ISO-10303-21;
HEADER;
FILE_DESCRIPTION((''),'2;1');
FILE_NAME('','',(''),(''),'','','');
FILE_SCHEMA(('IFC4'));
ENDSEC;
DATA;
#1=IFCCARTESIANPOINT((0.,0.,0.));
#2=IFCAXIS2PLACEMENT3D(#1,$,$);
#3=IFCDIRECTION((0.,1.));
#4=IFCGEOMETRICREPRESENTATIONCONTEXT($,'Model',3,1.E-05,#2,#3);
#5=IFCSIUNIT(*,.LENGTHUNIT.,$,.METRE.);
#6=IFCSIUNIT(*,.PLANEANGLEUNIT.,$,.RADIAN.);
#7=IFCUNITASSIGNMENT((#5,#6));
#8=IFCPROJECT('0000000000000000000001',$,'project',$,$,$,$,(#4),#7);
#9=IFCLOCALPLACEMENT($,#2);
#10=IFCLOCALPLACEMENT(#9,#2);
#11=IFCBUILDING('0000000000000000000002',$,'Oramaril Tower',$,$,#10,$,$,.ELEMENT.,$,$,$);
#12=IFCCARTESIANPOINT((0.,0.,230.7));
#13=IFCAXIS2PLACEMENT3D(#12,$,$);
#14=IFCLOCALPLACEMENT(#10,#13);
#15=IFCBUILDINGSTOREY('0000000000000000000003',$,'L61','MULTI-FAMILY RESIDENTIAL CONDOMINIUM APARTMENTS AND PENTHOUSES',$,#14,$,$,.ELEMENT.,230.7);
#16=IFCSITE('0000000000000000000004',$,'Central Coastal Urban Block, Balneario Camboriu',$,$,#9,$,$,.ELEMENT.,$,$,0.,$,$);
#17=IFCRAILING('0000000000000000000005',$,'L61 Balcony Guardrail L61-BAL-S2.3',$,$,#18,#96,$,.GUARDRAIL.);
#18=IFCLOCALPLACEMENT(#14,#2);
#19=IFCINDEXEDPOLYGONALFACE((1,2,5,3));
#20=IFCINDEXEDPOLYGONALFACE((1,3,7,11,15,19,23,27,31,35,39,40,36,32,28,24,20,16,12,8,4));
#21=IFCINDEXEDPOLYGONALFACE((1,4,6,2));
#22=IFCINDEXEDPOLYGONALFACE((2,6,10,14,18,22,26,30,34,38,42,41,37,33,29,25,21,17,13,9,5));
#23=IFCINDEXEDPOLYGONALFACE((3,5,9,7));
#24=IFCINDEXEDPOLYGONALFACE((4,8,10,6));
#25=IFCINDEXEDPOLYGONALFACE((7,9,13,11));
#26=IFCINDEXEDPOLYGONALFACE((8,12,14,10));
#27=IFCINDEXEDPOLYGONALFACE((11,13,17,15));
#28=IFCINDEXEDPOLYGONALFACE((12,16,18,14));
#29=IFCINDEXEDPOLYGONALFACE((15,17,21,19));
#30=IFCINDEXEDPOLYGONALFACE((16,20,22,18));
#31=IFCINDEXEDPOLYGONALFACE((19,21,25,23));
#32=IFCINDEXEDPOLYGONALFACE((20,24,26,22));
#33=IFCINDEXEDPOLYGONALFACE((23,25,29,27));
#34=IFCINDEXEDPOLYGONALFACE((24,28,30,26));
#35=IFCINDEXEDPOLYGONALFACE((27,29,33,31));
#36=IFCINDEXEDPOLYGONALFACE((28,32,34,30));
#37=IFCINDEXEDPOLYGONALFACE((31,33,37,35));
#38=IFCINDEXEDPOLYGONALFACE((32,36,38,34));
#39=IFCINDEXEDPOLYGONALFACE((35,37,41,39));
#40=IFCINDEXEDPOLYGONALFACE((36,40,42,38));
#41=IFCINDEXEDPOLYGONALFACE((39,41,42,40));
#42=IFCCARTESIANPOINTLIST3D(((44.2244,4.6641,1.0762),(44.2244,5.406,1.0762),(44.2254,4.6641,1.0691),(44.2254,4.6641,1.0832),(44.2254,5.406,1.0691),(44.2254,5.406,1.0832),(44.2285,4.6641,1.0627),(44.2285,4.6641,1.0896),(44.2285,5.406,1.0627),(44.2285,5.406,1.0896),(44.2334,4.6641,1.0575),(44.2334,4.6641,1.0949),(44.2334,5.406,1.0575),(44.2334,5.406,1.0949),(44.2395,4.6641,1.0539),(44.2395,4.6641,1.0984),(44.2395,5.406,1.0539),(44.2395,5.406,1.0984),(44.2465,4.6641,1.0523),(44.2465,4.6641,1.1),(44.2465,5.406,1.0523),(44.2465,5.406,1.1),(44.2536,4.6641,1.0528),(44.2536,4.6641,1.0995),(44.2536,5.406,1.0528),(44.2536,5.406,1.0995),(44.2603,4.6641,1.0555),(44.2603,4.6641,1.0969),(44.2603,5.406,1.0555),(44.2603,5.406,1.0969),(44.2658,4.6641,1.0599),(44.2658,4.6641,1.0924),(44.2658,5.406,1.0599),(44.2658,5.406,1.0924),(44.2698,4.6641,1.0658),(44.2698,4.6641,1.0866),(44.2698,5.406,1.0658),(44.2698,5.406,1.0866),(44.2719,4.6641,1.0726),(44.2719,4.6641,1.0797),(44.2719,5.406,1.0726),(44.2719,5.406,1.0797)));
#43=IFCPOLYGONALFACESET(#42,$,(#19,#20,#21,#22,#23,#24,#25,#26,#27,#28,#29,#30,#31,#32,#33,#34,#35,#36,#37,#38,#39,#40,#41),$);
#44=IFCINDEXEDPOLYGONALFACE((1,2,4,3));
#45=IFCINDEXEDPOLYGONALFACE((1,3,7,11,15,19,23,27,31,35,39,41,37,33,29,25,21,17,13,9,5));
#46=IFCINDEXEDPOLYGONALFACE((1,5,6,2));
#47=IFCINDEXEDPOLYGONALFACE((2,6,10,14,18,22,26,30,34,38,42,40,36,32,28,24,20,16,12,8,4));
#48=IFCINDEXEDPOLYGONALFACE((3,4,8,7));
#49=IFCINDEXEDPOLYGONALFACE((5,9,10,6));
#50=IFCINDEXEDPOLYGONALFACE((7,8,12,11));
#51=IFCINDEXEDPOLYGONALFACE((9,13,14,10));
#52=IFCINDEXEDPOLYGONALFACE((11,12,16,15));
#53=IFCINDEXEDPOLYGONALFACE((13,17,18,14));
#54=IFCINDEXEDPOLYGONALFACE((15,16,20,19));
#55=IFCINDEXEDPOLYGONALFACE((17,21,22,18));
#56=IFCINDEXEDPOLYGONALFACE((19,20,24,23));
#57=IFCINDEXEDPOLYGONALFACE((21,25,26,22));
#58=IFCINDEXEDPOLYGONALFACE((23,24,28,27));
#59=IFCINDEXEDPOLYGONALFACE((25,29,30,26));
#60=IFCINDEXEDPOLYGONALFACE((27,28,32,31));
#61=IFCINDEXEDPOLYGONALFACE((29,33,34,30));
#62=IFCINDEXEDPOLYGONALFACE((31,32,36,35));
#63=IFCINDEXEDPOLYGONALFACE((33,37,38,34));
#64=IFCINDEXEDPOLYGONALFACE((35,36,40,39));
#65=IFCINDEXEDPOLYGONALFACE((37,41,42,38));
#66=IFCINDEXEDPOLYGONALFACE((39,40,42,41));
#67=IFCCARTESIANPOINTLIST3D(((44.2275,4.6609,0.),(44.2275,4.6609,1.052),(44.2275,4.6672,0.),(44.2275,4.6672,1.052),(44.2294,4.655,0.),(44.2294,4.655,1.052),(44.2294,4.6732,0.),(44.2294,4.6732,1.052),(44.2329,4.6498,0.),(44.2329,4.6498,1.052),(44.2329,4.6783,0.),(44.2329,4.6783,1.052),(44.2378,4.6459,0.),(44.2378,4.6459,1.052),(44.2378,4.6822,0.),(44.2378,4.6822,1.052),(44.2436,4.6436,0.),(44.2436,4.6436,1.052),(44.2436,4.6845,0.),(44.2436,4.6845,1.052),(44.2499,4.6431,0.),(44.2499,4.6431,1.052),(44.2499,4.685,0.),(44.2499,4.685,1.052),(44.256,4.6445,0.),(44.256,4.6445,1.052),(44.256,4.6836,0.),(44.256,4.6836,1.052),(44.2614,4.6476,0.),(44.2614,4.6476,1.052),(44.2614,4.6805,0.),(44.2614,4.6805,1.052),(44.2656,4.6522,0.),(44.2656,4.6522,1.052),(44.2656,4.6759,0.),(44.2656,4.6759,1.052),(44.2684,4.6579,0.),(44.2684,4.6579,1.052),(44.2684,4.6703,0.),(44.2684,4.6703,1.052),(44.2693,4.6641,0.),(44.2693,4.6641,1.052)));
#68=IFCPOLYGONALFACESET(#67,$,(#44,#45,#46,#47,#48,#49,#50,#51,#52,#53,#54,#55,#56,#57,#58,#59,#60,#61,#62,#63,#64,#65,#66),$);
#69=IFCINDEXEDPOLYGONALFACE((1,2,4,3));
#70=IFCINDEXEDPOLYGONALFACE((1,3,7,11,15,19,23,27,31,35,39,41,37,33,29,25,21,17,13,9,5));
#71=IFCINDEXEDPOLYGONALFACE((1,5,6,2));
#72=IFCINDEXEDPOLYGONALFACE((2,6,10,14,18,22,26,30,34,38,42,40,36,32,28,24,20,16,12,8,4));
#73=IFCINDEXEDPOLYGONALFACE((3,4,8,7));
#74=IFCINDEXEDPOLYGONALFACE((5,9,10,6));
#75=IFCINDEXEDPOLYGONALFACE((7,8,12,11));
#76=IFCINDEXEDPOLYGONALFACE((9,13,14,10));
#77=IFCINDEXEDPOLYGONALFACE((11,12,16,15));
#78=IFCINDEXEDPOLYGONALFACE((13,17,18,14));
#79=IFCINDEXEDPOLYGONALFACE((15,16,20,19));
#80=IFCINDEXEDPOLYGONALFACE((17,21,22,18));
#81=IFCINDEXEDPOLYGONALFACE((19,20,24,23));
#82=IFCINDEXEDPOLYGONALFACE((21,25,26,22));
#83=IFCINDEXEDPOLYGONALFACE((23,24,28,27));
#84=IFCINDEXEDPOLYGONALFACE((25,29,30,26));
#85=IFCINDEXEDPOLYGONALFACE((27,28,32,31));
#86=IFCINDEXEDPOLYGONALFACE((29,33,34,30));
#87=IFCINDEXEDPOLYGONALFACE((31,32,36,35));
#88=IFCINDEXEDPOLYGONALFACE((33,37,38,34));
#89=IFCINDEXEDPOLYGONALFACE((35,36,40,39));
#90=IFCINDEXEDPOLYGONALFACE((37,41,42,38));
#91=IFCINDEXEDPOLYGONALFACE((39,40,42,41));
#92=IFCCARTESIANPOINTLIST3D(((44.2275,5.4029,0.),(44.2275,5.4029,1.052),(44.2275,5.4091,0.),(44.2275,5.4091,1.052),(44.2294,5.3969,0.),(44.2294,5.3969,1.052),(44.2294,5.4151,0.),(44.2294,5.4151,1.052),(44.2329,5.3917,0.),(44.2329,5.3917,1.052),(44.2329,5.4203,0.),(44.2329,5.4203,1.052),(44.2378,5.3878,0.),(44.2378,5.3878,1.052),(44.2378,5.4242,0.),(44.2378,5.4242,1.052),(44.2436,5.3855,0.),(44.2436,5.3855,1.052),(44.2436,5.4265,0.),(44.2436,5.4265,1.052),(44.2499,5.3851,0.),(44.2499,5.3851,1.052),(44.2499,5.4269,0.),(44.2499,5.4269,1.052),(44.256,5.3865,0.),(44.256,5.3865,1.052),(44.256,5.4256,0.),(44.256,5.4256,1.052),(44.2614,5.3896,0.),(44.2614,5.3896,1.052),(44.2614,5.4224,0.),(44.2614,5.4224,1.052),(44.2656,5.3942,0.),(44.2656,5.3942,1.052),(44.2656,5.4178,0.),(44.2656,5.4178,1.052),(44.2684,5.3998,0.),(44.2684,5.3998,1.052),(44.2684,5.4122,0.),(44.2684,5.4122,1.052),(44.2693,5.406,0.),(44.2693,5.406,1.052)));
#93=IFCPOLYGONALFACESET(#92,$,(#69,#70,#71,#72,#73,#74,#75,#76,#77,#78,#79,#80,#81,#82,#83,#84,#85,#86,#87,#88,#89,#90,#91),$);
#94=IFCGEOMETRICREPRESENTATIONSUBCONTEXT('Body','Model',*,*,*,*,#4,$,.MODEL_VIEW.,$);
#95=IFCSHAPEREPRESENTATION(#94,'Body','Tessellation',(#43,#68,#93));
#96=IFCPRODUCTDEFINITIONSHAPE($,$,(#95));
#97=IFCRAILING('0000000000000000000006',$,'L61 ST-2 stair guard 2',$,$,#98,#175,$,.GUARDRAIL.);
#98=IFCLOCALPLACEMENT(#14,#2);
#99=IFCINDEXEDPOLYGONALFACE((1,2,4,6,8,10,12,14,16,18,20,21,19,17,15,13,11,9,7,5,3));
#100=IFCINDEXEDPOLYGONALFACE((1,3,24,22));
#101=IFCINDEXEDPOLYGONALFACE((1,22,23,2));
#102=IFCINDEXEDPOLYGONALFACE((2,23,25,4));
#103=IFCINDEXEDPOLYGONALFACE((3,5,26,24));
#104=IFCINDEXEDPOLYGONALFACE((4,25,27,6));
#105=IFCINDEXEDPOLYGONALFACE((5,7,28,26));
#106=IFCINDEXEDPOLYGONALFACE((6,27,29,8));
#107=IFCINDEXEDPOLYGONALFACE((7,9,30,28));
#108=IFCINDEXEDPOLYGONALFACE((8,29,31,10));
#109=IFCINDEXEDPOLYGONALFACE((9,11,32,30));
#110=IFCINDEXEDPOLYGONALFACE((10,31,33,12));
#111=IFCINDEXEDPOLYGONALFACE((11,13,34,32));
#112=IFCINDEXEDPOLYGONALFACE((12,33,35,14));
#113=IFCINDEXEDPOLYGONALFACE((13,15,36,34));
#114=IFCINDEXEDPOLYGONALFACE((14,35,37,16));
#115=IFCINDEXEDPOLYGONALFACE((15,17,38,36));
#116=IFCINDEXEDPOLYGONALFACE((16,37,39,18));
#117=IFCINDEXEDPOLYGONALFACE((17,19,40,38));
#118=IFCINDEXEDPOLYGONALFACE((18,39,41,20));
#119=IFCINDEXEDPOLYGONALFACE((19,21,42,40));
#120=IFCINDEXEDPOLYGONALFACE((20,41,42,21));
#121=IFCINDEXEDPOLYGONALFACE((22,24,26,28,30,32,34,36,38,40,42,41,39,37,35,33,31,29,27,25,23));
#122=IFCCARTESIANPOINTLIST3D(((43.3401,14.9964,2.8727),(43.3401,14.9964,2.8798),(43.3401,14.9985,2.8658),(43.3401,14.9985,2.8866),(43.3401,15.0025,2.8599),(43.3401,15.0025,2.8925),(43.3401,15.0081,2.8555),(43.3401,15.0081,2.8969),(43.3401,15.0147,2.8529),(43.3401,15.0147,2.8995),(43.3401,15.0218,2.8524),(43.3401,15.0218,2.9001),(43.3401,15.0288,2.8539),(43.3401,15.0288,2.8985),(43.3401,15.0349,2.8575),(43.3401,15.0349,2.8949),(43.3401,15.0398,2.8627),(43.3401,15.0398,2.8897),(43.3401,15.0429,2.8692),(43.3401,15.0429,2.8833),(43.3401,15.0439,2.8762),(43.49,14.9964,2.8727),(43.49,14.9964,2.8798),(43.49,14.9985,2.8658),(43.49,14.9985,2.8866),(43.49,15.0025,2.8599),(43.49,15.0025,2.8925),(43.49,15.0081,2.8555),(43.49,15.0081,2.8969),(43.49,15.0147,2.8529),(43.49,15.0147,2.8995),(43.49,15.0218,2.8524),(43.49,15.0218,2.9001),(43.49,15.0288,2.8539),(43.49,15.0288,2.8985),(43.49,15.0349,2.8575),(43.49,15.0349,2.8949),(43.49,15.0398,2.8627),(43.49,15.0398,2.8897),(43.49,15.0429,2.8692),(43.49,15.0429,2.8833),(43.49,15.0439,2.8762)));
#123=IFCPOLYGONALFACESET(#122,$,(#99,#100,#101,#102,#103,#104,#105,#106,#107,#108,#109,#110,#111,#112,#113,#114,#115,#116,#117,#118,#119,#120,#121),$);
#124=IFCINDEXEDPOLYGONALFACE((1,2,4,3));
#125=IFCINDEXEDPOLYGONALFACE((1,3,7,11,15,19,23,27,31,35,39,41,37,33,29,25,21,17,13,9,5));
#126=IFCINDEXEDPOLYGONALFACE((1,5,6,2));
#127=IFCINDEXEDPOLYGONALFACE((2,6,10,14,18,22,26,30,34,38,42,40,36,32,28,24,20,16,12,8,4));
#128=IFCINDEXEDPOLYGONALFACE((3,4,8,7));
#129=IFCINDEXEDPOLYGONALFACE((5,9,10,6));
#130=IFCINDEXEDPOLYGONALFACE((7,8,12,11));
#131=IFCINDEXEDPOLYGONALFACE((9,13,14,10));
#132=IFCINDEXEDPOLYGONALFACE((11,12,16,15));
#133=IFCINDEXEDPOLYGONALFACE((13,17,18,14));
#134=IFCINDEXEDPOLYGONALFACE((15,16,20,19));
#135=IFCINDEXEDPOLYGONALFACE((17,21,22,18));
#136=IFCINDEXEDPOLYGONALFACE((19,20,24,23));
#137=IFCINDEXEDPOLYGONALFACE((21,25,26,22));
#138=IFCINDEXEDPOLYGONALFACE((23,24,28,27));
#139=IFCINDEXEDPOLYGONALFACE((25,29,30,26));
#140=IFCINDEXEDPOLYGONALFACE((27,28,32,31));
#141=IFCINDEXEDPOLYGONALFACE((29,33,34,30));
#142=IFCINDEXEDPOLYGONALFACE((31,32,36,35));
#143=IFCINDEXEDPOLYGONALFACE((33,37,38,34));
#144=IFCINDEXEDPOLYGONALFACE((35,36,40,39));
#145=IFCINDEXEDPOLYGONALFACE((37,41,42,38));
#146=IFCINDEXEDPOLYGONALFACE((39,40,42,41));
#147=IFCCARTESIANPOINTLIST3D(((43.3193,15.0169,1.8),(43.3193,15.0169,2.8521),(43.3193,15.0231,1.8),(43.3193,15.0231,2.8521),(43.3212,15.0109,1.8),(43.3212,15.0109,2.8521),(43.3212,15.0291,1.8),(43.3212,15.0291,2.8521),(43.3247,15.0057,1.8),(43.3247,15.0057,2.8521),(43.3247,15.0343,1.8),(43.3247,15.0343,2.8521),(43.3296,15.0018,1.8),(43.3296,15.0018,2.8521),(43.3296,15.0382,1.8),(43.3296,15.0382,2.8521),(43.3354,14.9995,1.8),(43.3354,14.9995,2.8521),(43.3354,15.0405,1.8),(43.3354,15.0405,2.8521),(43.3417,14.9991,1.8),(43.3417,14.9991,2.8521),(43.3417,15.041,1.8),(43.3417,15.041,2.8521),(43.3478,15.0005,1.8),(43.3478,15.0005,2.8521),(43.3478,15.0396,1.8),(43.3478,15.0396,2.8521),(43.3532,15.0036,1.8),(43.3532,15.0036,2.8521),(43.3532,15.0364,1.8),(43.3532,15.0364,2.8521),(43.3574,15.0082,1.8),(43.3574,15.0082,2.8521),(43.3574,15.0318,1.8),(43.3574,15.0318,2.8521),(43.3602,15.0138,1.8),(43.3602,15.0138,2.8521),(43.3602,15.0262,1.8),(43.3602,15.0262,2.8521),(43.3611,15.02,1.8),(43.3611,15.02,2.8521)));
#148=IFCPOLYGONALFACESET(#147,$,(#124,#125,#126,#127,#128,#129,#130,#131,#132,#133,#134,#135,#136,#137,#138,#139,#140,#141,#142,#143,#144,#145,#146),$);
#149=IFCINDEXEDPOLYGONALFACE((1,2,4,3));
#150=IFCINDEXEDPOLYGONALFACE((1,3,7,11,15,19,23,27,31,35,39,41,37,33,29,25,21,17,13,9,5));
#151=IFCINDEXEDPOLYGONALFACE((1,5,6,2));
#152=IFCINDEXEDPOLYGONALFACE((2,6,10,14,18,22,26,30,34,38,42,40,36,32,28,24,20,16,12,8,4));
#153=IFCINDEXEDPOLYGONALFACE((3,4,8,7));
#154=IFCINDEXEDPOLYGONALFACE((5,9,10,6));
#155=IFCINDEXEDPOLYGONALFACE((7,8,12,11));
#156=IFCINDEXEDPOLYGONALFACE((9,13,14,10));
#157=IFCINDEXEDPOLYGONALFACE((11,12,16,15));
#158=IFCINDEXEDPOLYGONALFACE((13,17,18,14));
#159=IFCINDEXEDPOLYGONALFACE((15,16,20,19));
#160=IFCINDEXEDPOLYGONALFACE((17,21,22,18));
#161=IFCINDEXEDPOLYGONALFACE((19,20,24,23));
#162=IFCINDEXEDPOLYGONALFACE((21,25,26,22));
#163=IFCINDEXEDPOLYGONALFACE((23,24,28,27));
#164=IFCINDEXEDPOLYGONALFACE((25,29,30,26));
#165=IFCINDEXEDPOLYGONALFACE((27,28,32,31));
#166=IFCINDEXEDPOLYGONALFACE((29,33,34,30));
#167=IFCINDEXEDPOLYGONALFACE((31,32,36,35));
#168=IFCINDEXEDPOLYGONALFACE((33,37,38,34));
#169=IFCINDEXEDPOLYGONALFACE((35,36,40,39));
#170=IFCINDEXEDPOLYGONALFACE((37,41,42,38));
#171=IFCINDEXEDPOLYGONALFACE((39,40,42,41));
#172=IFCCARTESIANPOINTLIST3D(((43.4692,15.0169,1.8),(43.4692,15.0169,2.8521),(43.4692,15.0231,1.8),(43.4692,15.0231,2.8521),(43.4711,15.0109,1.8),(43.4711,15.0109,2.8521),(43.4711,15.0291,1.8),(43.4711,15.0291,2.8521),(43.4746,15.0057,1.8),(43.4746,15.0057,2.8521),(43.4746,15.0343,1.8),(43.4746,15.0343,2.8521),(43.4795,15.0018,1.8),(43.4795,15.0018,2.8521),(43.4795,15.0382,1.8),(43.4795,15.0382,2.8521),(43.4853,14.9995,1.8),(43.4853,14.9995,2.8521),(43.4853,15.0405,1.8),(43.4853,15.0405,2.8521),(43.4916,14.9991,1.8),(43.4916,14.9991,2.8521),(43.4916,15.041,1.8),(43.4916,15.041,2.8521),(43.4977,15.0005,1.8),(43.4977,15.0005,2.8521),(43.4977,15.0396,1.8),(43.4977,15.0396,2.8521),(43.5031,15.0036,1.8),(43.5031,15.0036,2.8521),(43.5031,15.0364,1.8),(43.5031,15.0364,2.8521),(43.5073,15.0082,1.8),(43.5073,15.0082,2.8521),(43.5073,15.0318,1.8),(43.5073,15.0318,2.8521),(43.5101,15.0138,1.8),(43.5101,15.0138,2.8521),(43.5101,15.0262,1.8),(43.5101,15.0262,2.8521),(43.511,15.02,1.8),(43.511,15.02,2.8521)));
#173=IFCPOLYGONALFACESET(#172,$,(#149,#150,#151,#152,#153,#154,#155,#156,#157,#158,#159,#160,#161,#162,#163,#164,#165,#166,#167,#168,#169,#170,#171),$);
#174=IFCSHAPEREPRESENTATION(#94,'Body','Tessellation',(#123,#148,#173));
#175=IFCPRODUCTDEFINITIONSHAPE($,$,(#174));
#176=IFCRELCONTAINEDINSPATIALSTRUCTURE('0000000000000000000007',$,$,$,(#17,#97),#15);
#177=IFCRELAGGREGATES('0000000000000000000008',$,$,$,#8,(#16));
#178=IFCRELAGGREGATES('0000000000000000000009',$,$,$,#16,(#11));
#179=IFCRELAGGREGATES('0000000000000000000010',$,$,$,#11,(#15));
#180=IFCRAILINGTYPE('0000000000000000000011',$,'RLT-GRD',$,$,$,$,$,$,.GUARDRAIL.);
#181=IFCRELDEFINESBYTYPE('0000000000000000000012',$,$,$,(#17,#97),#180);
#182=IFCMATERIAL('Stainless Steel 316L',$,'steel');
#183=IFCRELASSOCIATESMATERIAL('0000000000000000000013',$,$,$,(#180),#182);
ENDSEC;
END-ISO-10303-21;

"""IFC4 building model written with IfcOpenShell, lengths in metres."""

from ifc_helpers import new_model, si_unit, direction, frame, origin, origin_2d, place, context, subcontext, project, spatial, circle, extrude, material, type_object, element, save


model = new_model("IFC4")

# Units and contexts
model_context = context("Model", 3, precision=1e-05, world=origin(), true_north=direction((0.0, 1.0)))
body_context = subcontext(model_context, "Body", "Model", "MODEL_VIEW")
ifc_project = project(units=[si_unit("LENGTHUNIT", "METRE"), si_unit("PLANEANGLEUNIT", "RADIAN")], contexts=[model_context])

# Site, building, storey
site_placement = place(None, origin())
site = spatial("IfcSite", under=ifc_project, at=site_placement, Name="Central Coastal Urban Block, Balneario Camboriu", CompositionType="ELEMENT", RefElevation=0.0)
building_placement = place(site_placement, origin())
building = spatial("IfcBuilding", under=site, at=building_placement, Name="Oramaril Tower", CompositionType="ELEMENT")
storey_placement = place(building_placement, frame((0.0, 0.0, 230.7)))
storey = spatial("IfcBuildingStorey", under=building, at=storey_placement, Name="L61", Description="MULTI-FAMILY RESIDENTIAL CONDOMINIUM APARTMENTS AND PENTHOUSES", CompositionType="ELEMENT", Elevation=230.7)

# Railings
ifc_material_1 = material(Name="Stainless Steel 316L", Category="steel")
railing_type_1 = type_object("IfcRailingType", Name="RLT-GRD", PredefinedType="GUARDRAIL", material=ifc_material_1)
railing_1_placement = place(storey_placement, frame((44.2483, 4.6641, 0.0)))
element("IfcRailing", 1, at=railing_1_placement, inside=storey, type_object=railing_type_1, Name="L61 Balcony Guardrail L61-BAL-S2.3", PredefinedType="GUARDRAIL", context=body_context, shape_type="SweptSolid", body=[
    extrude(circle(Radius=0.0239, at=origin_2d()), frame((0.0, 0.0, 1.0762), z_axis=(0.0, 1.0, 0.0), x_axis=(-1.0, 0.0, 0.0)), (0.0, 0.0, 1.0), 0.7419),
    extrude(circle(Radius=0.021, at=origin_2d()), origin(), (0.0, 0.0, 1.0), 1.052),
    extrude(circle(Radius=0.021, at=origin_2d()), frame((0.0, 0.7419, 0.0)), (0.0, 0.0, 1.0), 1.052),
])
railing_2_placement = place(storey_placement, frame((43.3401, 15.02, 1.8)))
element("IfcRailing", 2, at=railing_2_placement, inside=storey, type_object=railing_type_1, Name="L61 ST-2 stair guard 2", PredefinedType="GUARDRAIL", context=body_context, shape_type="SweptSolid", body=[
    extrude(circle(Radius=0.0239, at=origin_2d()), frame((0.0, 0.0, 1.0762), z_axis=(1.0, 0.0, 0.0), x_axis=(0.0, 1.0, 0.0)), (0.0, 0.0, 1.0), 0.1499),
    extrude(circle(Radius=0.021, at=origin_2d()), origin(), (0.0, 0.0, 1.0), 1.052),
    extrude(circle(Radius=0.021, at=origin_2d()), frame((0.1499, 0.0, 0.0)), (0.0, 0.0, 1.0), 1.052),
])

save(model, "model.ifc")
